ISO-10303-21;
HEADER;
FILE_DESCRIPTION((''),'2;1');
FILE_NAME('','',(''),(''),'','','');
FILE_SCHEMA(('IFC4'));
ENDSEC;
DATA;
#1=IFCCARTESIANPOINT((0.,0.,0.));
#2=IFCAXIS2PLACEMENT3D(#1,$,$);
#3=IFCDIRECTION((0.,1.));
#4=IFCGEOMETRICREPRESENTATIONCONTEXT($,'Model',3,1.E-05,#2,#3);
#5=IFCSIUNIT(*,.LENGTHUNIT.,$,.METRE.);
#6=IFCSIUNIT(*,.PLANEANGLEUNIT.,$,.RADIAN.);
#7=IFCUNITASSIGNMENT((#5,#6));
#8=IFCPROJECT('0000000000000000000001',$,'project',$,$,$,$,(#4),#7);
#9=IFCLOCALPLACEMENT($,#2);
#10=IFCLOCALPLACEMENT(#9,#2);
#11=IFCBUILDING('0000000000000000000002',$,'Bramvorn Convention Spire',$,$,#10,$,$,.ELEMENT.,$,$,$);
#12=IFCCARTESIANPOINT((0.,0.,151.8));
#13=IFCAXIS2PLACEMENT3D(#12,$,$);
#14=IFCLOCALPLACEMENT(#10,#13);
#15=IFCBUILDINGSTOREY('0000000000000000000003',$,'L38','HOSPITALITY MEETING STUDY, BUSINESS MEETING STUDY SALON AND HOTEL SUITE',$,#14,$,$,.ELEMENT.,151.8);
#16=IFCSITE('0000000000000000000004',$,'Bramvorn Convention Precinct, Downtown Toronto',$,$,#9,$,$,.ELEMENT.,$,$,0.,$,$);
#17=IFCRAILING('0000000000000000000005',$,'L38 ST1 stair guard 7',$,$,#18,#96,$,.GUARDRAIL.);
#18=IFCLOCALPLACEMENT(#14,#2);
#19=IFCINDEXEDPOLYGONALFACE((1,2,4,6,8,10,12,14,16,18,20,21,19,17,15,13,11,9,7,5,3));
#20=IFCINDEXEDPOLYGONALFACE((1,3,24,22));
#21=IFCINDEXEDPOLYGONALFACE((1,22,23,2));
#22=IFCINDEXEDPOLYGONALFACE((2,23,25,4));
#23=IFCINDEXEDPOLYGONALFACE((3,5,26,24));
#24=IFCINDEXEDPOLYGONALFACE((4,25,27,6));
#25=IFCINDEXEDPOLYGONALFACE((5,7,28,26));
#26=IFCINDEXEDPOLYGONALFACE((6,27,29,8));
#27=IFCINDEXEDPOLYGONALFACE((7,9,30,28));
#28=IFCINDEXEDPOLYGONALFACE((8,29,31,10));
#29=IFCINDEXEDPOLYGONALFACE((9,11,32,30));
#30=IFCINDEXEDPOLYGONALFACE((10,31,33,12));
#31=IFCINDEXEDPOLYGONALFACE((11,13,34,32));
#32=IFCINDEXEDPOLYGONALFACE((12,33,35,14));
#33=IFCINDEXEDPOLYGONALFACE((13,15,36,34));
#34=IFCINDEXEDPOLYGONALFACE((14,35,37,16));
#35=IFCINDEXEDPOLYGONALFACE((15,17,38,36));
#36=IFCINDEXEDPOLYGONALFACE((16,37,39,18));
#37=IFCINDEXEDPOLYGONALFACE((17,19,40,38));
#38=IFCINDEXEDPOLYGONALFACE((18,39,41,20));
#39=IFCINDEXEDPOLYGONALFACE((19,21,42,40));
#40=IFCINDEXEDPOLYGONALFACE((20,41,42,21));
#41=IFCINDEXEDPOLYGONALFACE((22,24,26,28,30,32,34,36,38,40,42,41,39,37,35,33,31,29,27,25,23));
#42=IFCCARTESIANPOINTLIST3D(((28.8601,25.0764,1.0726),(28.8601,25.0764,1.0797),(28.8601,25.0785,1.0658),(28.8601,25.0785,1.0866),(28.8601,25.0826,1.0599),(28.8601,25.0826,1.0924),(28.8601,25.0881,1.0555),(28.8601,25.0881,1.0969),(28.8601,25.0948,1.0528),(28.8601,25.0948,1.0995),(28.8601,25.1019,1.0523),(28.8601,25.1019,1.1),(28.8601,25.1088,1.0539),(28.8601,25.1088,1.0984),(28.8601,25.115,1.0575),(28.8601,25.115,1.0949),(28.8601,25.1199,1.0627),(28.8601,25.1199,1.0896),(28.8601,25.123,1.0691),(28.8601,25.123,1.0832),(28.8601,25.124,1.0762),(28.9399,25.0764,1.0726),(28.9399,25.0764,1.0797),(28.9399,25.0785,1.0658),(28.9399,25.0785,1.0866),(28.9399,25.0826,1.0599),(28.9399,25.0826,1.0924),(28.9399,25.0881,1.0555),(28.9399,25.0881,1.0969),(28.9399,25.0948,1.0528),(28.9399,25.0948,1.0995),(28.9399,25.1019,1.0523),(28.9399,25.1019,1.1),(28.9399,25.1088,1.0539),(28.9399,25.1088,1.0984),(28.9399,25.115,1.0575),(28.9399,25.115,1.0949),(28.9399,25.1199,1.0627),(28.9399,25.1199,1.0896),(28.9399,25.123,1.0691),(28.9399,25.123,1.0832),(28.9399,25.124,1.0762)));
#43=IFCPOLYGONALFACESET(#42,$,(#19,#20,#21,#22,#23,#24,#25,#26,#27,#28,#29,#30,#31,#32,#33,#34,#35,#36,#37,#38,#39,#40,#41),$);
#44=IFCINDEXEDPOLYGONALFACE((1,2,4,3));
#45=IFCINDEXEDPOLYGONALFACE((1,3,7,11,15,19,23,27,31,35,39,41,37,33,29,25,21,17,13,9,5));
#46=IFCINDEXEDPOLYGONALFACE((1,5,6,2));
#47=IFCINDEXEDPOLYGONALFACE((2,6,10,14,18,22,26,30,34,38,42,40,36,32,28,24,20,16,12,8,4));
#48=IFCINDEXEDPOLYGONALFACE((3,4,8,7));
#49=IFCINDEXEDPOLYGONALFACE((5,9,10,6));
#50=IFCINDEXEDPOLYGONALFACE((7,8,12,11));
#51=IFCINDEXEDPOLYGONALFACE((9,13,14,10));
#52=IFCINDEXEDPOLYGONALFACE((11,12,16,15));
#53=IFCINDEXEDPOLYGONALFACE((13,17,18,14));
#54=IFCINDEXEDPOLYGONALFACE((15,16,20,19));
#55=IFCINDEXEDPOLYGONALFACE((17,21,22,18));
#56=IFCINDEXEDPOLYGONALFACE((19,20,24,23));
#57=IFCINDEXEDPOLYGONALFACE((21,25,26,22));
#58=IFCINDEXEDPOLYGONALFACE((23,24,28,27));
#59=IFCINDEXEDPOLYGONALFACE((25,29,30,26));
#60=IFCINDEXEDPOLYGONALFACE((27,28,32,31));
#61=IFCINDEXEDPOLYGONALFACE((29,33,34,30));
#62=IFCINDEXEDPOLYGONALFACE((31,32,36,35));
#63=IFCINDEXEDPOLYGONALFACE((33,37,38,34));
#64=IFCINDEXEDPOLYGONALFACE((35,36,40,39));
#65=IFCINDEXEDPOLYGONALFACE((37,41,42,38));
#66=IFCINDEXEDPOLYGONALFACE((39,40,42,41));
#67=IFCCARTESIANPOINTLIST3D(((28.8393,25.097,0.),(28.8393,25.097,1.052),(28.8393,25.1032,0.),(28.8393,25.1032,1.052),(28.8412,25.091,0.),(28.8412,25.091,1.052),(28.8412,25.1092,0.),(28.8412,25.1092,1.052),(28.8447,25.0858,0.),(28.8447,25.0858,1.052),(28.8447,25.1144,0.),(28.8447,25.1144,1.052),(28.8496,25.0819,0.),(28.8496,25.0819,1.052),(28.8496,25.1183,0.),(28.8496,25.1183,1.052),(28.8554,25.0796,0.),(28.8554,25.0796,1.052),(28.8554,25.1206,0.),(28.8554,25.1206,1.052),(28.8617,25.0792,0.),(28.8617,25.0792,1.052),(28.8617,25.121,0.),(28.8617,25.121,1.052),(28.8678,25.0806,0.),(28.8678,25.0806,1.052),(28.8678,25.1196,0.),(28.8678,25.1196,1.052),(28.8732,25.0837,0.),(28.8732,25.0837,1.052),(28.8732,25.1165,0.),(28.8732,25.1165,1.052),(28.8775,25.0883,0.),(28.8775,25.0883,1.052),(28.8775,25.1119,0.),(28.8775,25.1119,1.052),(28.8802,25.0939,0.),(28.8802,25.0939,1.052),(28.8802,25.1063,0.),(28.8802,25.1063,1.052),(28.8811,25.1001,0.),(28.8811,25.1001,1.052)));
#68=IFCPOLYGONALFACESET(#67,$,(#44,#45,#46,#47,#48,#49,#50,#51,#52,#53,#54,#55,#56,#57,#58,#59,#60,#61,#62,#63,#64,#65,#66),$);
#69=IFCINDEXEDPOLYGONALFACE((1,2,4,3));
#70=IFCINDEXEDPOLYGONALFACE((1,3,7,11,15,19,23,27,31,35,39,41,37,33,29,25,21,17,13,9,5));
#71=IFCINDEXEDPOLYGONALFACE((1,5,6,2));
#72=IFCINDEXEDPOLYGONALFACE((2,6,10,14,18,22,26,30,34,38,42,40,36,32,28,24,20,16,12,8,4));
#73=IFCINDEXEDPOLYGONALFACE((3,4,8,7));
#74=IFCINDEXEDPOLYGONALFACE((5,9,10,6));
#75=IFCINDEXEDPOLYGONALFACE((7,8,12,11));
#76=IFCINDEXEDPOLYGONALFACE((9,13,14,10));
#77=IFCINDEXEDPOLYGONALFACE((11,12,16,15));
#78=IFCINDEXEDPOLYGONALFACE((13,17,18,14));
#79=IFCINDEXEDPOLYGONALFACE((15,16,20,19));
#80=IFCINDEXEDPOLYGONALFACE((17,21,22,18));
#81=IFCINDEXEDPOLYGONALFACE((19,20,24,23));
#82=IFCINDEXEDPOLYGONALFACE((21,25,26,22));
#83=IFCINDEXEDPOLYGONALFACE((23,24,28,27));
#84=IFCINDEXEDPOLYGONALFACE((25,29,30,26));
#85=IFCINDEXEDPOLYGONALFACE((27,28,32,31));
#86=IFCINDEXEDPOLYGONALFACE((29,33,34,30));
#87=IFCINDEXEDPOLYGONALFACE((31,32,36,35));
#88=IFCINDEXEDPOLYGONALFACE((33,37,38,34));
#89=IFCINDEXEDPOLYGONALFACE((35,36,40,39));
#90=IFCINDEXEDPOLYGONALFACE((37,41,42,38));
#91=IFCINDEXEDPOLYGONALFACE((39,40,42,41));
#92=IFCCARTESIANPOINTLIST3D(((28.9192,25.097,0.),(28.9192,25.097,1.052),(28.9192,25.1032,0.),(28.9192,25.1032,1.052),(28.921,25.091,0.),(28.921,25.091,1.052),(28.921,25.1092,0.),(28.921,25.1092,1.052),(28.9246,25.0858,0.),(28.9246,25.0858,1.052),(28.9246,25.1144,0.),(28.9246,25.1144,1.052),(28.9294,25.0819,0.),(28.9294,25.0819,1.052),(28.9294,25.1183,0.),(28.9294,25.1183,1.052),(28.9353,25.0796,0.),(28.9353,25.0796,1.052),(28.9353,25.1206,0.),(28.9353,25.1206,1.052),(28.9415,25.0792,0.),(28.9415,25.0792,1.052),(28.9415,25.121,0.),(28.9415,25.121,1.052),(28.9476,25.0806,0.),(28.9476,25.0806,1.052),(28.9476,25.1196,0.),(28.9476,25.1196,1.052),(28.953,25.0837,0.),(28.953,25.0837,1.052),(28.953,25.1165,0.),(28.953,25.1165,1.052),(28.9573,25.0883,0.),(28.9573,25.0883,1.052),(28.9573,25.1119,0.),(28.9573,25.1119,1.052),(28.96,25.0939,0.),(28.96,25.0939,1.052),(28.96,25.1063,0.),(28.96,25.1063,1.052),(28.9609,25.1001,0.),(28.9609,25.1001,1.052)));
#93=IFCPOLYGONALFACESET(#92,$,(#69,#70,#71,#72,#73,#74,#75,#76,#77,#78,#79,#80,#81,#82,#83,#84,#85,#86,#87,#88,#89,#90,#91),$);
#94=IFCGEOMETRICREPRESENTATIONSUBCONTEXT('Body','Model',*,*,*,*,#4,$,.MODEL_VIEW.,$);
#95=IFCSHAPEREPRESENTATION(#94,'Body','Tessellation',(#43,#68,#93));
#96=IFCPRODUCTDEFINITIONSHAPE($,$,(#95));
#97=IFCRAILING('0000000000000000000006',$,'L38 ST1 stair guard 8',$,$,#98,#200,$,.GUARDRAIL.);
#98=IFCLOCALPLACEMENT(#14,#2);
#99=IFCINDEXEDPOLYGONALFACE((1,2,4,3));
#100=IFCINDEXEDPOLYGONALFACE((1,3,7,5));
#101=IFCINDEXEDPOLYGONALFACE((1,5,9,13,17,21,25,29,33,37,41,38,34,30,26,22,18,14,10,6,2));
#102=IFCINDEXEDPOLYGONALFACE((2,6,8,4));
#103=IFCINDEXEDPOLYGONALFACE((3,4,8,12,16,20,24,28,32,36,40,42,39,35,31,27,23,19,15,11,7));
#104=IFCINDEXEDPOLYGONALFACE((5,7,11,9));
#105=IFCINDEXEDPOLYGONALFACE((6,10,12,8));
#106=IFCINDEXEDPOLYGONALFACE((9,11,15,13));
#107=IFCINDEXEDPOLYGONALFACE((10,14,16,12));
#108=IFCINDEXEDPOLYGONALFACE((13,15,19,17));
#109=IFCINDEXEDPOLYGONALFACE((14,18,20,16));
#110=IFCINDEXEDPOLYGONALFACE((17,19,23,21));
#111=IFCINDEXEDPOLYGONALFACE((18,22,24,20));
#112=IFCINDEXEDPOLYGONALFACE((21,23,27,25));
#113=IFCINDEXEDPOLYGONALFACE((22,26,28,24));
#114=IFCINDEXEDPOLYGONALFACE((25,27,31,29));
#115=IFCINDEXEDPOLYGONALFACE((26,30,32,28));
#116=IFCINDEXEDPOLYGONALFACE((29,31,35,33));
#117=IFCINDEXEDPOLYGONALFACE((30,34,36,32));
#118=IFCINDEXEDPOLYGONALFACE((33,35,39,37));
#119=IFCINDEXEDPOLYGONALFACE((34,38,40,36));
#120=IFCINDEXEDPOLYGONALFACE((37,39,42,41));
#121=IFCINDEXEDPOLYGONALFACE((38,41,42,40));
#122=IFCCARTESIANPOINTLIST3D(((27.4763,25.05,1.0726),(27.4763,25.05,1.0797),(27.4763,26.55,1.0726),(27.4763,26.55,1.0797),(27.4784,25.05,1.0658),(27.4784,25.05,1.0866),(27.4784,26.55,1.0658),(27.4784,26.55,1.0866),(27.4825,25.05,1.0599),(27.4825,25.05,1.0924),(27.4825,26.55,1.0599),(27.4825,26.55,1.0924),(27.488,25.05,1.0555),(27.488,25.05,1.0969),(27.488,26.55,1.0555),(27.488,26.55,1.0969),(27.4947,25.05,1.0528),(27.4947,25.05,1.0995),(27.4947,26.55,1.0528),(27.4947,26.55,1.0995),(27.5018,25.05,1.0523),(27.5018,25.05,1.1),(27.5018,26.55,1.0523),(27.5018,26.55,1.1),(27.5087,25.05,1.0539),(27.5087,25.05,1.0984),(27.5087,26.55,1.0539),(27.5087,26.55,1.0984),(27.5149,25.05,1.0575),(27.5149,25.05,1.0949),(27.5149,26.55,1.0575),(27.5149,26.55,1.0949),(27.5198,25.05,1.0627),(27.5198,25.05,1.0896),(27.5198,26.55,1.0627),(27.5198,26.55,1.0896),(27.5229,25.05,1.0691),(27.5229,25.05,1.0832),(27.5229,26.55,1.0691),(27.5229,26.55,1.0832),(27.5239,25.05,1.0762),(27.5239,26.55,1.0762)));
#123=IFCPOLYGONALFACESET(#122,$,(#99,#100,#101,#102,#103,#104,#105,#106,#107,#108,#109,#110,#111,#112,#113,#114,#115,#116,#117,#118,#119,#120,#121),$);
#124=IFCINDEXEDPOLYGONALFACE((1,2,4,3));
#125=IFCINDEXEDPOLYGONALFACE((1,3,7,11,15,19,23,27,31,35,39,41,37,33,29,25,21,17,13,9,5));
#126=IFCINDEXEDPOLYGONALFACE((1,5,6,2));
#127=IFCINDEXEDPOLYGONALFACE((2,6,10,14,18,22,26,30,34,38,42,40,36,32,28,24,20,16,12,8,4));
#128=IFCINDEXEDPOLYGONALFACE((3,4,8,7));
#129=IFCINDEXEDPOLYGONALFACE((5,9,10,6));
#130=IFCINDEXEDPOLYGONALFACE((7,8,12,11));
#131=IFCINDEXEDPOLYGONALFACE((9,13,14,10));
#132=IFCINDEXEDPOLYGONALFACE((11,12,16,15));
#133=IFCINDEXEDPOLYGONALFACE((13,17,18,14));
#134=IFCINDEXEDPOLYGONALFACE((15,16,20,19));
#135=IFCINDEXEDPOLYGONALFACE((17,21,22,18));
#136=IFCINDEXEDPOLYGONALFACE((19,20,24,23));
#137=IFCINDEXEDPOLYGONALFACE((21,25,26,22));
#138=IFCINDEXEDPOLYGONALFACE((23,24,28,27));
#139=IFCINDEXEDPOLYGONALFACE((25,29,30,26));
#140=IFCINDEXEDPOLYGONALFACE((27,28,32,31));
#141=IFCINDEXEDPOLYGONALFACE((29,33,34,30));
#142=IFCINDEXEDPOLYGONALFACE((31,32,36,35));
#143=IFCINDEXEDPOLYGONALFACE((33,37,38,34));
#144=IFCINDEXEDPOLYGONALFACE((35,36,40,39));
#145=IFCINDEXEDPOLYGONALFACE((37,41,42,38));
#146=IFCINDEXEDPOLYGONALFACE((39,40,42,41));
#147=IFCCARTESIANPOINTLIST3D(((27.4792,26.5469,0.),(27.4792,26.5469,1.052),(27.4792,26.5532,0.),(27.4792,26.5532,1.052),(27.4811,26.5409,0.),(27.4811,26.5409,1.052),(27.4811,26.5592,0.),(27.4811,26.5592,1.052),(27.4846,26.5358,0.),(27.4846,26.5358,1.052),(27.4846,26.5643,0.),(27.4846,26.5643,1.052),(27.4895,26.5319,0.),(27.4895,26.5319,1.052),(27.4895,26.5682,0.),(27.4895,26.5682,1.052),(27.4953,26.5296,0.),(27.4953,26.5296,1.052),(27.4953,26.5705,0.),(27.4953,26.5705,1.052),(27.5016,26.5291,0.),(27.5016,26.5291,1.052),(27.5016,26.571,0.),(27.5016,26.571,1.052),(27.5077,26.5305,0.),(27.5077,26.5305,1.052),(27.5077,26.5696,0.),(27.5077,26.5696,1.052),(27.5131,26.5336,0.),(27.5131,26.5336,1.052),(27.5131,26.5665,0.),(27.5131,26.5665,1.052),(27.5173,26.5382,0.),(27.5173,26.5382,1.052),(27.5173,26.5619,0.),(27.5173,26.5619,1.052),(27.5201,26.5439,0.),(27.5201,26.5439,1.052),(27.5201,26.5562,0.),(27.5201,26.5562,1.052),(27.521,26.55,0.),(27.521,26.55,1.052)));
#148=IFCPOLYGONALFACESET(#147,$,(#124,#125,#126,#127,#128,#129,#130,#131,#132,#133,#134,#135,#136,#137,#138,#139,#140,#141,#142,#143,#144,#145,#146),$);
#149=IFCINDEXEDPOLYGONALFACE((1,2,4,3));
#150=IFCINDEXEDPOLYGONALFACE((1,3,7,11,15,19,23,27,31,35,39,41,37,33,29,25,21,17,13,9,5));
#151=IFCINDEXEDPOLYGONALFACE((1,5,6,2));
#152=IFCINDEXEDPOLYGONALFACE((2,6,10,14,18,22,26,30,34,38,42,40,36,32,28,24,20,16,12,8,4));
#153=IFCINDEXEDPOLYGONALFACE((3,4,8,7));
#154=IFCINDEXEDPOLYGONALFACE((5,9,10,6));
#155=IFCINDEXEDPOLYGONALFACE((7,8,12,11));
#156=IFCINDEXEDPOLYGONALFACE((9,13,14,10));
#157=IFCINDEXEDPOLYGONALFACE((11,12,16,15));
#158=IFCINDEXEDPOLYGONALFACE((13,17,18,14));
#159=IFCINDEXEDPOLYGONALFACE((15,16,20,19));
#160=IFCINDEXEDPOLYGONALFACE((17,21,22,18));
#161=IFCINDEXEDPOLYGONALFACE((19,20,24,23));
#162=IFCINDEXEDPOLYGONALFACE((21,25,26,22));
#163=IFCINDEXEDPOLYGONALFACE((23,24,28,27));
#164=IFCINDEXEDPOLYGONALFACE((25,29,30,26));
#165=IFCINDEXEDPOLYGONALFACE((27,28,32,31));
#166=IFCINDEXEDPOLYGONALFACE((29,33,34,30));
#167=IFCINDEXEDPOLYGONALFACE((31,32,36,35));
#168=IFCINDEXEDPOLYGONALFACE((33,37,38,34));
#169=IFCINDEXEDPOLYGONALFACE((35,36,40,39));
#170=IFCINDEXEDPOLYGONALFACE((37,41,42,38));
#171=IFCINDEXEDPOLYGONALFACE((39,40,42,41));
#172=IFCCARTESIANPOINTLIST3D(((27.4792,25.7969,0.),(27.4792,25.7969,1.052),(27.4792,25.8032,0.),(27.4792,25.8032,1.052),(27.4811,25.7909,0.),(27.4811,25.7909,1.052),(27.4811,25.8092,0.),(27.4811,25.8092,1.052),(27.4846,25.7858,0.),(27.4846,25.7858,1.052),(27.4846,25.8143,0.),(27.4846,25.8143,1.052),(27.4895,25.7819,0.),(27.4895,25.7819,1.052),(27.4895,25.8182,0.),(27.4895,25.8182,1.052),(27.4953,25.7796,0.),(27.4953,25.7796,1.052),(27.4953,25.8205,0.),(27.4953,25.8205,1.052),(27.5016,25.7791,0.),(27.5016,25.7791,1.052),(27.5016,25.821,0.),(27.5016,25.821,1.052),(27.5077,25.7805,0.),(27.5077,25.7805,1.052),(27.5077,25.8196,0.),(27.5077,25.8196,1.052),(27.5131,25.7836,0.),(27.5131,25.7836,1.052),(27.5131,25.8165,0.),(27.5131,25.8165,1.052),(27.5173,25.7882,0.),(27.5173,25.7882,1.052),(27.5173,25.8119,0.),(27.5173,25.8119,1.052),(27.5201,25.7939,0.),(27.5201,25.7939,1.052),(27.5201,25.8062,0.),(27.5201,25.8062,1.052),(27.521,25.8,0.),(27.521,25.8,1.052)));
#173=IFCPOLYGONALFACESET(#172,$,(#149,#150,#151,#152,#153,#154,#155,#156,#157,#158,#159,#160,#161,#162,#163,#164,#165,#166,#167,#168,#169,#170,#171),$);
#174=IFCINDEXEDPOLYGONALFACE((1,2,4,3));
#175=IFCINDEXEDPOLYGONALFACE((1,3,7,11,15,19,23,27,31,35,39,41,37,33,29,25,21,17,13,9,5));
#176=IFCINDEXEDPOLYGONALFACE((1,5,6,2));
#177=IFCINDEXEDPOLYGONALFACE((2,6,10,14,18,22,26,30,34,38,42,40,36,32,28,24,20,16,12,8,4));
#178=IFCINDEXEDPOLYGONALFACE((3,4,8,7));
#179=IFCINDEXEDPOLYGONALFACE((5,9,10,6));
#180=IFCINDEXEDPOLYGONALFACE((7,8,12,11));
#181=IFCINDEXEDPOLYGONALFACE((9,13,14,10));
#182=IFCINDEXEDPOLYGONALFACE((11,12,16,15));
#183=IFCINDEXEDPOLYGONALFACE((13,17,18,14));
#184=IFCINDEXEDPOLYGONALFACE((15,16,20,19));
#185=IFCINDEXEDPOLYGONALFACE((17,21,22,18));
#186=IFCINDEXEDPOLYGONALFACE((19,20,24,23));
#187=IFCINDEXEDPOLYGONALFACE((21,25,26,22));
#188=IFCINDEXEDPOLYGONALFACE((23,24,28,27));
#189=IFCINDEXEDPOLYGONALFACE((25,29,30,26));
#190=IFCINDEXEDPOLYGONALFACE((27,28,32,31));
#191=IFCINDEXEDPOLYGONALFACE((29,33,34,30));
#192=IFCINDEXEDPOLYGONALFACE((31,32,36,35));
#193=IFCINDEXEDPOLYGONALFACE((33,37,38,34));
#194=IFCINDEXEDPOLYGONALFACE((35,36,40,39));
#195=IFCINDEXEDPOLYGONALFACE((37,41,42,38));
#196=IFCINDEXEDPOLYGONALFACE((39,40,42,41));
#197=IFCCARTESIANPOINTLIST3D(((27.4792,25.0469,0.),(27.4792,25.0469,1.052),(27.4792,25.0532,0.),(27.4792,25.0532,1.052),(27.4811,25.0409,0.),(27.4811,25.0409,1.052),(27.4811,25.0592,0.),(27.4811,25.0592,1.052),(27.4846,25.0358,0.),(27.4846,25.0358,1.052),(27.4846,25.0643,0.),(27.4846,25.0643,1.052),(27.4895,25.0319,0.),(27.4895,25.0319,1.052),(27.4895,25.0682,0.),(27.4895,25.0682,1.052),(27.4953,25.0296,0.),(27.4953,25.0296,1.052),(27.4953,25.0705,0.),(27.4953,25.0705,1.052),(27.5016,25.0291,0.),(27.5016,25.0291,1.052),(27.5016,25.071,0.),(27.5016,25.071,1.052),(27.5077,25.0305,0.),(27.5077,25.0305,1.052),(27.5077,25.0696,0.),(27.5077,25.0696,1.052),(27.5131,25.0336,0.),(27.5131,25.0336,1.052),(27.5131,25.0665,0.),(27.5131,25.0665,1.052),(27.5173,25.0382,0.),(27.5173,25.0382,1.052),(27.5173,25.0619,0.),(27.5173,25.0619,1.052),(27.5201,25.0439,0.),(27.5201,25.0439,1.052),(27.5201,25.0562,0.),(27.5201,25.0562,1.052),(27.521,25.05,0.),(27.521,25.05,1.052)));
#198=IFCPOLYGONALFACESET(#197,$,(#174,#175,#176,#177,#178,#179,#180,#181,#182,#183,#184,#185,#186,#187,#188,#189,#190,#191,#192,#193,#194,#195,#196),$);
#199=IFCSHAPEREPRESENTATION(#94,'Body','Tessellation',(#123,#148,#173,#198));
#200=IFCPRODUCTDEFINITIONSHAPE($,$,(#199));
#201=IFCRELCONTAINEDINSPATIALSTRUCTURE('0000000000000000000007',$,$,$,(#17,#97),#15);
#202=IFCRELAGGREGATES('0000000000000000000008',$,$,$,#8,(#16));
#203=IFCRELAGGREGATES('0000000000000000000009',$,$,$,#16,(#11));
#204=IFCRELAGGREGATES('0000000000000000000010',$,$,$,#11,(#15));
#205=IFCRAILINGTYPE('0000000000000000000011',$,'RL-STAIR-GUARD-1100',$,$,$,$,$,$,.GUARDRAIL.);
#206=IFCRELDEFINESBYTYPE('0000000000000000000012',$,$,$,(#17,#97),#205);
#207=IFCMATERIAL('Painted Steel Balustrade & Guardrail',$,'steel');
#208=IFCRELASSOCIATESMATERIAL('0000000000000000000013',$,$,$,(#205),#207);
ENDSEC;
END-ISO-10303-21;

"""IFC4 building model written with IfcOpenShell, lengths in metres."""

from ifc_helpers import new_model, si_unit, direction, frame, origin, origin_2d, place, context, subcontext, project, spatial, circle, extrude, material, type_object, element, save


model = new_model("IFC4")

# Units and contexts
model_context = context("Model", 3, precision=1e-05, world=origin(), true_north=direction((0.0, 1.0)))
body_context = subcontext(model_context, "Body", "Model", "MODEL_VIEW")
ifc_project = project(units=[si_unit("LENGTHUNIT", "METRE"), si_unit("PLANEANGLEUNIT", "RADIAN")], contexts=[model_context])

# Site, building, storey
site_placement = place(None, origin())
site = spatial("IfcSite", under=ifc_project, at=site_placement, Name="Bramvorn Convention Precinct, Downtown Toronto", CompositionType="ELEMENT", RefElevation=0.0)
building_placement = place(site_placement, origin())
building = spatial("IfcBuilding", under=site, at=building_placement, Name="Bramvorn Convention Spire", CompositionType="ELEMENT")
storey_placement = place(building_placement, frame((0.0, 0.0, 151.8)))
storey = spatial("IfcBuildingStorey", under=building, at=storey_placement, Name="L38", Description="HOSPITALITY MEETING STUDY, BUSINESS MEETING STUDY SALON AND HOTEL SUITE", CompositionType="ELEMENT", Elevation=151.8)

# Railings
ifc_material_1 = material(Name="Painted Steel Balustrade & Guardrail", Category="steel")
railing_type_1 = type_object("IfcRailingType", Name="RL-STAIR-GUARD-1100", PredefinedType="GUARDRAIL", material=ifc_material_1)
railing_1_placement = place(storey_placement, frame((28.8601, 25.1001, 0.0)))
element("IfcRailing", 1, at=railing_1_placement, inside=storey, type_object=railing_type_1, Name="L38 ST1 stair guard 7", PredefinedType="GUARDRAIL", context=body_context, shape_type="SweptSolid", body=[
    extrude(circle(Radius=0.0239, at=origin_2d()), frame((0.0, 0.0, 1.0762), z_axis=(1.0, 0.0, 0.0), x_axis=(0.0, 1.0, 0.0)), (0.0, 0.0, 1.0), 0.0798),
    extrude(circle(Radius=0.021, at=origin_2d()), origin(), (0.0, 0.0, 1.0), 1.052),
    extrude(circle(Radius=0.021, at=origin_2d()), frame((0.0798, 0.0, 0.0)), (0.0, 0.0, 1.0), 1.052),
])
for number, where, name in (
    (2, (27.5, 26.55, 0.0), "L38 ST1 stair guard 8"),
):
    element("IfcRailing", number, at=place(storey_placement, frame(where)), inside=storey, type_object=railing_type_1, Name=name, PredefinedType="GUARDRAIL", context=body_context, shape_type="SweptSolid", body=[
        extrude(circle(Radius=0.0239, at=origin_2d()), frame((0.0, 0.0, 1.0762), z_axis=(0.0, -1.0, 0.0), x_axis=(1.0, 0.0, 0.0)), (0.0, 0.0, 1.0), 1.5),
        extrude(circle(Radius=0.021, at=origin_2d()), origin(), (0.0, 0.0, 1.0), 1.052),
        extrude(circle(Radius=0.021, at=origin_2d()), frame((0.0, -0.75, 0.0)), (0.0, 0.0, 1.0), 1.052),
        extrude(circle(Radius=0.021, at=origin_2d()), frame((0.0, -1.5, 0.0)), (0.0, 0.0, 1.0), 1.052),
    ])

save(model, "model.ifc")
